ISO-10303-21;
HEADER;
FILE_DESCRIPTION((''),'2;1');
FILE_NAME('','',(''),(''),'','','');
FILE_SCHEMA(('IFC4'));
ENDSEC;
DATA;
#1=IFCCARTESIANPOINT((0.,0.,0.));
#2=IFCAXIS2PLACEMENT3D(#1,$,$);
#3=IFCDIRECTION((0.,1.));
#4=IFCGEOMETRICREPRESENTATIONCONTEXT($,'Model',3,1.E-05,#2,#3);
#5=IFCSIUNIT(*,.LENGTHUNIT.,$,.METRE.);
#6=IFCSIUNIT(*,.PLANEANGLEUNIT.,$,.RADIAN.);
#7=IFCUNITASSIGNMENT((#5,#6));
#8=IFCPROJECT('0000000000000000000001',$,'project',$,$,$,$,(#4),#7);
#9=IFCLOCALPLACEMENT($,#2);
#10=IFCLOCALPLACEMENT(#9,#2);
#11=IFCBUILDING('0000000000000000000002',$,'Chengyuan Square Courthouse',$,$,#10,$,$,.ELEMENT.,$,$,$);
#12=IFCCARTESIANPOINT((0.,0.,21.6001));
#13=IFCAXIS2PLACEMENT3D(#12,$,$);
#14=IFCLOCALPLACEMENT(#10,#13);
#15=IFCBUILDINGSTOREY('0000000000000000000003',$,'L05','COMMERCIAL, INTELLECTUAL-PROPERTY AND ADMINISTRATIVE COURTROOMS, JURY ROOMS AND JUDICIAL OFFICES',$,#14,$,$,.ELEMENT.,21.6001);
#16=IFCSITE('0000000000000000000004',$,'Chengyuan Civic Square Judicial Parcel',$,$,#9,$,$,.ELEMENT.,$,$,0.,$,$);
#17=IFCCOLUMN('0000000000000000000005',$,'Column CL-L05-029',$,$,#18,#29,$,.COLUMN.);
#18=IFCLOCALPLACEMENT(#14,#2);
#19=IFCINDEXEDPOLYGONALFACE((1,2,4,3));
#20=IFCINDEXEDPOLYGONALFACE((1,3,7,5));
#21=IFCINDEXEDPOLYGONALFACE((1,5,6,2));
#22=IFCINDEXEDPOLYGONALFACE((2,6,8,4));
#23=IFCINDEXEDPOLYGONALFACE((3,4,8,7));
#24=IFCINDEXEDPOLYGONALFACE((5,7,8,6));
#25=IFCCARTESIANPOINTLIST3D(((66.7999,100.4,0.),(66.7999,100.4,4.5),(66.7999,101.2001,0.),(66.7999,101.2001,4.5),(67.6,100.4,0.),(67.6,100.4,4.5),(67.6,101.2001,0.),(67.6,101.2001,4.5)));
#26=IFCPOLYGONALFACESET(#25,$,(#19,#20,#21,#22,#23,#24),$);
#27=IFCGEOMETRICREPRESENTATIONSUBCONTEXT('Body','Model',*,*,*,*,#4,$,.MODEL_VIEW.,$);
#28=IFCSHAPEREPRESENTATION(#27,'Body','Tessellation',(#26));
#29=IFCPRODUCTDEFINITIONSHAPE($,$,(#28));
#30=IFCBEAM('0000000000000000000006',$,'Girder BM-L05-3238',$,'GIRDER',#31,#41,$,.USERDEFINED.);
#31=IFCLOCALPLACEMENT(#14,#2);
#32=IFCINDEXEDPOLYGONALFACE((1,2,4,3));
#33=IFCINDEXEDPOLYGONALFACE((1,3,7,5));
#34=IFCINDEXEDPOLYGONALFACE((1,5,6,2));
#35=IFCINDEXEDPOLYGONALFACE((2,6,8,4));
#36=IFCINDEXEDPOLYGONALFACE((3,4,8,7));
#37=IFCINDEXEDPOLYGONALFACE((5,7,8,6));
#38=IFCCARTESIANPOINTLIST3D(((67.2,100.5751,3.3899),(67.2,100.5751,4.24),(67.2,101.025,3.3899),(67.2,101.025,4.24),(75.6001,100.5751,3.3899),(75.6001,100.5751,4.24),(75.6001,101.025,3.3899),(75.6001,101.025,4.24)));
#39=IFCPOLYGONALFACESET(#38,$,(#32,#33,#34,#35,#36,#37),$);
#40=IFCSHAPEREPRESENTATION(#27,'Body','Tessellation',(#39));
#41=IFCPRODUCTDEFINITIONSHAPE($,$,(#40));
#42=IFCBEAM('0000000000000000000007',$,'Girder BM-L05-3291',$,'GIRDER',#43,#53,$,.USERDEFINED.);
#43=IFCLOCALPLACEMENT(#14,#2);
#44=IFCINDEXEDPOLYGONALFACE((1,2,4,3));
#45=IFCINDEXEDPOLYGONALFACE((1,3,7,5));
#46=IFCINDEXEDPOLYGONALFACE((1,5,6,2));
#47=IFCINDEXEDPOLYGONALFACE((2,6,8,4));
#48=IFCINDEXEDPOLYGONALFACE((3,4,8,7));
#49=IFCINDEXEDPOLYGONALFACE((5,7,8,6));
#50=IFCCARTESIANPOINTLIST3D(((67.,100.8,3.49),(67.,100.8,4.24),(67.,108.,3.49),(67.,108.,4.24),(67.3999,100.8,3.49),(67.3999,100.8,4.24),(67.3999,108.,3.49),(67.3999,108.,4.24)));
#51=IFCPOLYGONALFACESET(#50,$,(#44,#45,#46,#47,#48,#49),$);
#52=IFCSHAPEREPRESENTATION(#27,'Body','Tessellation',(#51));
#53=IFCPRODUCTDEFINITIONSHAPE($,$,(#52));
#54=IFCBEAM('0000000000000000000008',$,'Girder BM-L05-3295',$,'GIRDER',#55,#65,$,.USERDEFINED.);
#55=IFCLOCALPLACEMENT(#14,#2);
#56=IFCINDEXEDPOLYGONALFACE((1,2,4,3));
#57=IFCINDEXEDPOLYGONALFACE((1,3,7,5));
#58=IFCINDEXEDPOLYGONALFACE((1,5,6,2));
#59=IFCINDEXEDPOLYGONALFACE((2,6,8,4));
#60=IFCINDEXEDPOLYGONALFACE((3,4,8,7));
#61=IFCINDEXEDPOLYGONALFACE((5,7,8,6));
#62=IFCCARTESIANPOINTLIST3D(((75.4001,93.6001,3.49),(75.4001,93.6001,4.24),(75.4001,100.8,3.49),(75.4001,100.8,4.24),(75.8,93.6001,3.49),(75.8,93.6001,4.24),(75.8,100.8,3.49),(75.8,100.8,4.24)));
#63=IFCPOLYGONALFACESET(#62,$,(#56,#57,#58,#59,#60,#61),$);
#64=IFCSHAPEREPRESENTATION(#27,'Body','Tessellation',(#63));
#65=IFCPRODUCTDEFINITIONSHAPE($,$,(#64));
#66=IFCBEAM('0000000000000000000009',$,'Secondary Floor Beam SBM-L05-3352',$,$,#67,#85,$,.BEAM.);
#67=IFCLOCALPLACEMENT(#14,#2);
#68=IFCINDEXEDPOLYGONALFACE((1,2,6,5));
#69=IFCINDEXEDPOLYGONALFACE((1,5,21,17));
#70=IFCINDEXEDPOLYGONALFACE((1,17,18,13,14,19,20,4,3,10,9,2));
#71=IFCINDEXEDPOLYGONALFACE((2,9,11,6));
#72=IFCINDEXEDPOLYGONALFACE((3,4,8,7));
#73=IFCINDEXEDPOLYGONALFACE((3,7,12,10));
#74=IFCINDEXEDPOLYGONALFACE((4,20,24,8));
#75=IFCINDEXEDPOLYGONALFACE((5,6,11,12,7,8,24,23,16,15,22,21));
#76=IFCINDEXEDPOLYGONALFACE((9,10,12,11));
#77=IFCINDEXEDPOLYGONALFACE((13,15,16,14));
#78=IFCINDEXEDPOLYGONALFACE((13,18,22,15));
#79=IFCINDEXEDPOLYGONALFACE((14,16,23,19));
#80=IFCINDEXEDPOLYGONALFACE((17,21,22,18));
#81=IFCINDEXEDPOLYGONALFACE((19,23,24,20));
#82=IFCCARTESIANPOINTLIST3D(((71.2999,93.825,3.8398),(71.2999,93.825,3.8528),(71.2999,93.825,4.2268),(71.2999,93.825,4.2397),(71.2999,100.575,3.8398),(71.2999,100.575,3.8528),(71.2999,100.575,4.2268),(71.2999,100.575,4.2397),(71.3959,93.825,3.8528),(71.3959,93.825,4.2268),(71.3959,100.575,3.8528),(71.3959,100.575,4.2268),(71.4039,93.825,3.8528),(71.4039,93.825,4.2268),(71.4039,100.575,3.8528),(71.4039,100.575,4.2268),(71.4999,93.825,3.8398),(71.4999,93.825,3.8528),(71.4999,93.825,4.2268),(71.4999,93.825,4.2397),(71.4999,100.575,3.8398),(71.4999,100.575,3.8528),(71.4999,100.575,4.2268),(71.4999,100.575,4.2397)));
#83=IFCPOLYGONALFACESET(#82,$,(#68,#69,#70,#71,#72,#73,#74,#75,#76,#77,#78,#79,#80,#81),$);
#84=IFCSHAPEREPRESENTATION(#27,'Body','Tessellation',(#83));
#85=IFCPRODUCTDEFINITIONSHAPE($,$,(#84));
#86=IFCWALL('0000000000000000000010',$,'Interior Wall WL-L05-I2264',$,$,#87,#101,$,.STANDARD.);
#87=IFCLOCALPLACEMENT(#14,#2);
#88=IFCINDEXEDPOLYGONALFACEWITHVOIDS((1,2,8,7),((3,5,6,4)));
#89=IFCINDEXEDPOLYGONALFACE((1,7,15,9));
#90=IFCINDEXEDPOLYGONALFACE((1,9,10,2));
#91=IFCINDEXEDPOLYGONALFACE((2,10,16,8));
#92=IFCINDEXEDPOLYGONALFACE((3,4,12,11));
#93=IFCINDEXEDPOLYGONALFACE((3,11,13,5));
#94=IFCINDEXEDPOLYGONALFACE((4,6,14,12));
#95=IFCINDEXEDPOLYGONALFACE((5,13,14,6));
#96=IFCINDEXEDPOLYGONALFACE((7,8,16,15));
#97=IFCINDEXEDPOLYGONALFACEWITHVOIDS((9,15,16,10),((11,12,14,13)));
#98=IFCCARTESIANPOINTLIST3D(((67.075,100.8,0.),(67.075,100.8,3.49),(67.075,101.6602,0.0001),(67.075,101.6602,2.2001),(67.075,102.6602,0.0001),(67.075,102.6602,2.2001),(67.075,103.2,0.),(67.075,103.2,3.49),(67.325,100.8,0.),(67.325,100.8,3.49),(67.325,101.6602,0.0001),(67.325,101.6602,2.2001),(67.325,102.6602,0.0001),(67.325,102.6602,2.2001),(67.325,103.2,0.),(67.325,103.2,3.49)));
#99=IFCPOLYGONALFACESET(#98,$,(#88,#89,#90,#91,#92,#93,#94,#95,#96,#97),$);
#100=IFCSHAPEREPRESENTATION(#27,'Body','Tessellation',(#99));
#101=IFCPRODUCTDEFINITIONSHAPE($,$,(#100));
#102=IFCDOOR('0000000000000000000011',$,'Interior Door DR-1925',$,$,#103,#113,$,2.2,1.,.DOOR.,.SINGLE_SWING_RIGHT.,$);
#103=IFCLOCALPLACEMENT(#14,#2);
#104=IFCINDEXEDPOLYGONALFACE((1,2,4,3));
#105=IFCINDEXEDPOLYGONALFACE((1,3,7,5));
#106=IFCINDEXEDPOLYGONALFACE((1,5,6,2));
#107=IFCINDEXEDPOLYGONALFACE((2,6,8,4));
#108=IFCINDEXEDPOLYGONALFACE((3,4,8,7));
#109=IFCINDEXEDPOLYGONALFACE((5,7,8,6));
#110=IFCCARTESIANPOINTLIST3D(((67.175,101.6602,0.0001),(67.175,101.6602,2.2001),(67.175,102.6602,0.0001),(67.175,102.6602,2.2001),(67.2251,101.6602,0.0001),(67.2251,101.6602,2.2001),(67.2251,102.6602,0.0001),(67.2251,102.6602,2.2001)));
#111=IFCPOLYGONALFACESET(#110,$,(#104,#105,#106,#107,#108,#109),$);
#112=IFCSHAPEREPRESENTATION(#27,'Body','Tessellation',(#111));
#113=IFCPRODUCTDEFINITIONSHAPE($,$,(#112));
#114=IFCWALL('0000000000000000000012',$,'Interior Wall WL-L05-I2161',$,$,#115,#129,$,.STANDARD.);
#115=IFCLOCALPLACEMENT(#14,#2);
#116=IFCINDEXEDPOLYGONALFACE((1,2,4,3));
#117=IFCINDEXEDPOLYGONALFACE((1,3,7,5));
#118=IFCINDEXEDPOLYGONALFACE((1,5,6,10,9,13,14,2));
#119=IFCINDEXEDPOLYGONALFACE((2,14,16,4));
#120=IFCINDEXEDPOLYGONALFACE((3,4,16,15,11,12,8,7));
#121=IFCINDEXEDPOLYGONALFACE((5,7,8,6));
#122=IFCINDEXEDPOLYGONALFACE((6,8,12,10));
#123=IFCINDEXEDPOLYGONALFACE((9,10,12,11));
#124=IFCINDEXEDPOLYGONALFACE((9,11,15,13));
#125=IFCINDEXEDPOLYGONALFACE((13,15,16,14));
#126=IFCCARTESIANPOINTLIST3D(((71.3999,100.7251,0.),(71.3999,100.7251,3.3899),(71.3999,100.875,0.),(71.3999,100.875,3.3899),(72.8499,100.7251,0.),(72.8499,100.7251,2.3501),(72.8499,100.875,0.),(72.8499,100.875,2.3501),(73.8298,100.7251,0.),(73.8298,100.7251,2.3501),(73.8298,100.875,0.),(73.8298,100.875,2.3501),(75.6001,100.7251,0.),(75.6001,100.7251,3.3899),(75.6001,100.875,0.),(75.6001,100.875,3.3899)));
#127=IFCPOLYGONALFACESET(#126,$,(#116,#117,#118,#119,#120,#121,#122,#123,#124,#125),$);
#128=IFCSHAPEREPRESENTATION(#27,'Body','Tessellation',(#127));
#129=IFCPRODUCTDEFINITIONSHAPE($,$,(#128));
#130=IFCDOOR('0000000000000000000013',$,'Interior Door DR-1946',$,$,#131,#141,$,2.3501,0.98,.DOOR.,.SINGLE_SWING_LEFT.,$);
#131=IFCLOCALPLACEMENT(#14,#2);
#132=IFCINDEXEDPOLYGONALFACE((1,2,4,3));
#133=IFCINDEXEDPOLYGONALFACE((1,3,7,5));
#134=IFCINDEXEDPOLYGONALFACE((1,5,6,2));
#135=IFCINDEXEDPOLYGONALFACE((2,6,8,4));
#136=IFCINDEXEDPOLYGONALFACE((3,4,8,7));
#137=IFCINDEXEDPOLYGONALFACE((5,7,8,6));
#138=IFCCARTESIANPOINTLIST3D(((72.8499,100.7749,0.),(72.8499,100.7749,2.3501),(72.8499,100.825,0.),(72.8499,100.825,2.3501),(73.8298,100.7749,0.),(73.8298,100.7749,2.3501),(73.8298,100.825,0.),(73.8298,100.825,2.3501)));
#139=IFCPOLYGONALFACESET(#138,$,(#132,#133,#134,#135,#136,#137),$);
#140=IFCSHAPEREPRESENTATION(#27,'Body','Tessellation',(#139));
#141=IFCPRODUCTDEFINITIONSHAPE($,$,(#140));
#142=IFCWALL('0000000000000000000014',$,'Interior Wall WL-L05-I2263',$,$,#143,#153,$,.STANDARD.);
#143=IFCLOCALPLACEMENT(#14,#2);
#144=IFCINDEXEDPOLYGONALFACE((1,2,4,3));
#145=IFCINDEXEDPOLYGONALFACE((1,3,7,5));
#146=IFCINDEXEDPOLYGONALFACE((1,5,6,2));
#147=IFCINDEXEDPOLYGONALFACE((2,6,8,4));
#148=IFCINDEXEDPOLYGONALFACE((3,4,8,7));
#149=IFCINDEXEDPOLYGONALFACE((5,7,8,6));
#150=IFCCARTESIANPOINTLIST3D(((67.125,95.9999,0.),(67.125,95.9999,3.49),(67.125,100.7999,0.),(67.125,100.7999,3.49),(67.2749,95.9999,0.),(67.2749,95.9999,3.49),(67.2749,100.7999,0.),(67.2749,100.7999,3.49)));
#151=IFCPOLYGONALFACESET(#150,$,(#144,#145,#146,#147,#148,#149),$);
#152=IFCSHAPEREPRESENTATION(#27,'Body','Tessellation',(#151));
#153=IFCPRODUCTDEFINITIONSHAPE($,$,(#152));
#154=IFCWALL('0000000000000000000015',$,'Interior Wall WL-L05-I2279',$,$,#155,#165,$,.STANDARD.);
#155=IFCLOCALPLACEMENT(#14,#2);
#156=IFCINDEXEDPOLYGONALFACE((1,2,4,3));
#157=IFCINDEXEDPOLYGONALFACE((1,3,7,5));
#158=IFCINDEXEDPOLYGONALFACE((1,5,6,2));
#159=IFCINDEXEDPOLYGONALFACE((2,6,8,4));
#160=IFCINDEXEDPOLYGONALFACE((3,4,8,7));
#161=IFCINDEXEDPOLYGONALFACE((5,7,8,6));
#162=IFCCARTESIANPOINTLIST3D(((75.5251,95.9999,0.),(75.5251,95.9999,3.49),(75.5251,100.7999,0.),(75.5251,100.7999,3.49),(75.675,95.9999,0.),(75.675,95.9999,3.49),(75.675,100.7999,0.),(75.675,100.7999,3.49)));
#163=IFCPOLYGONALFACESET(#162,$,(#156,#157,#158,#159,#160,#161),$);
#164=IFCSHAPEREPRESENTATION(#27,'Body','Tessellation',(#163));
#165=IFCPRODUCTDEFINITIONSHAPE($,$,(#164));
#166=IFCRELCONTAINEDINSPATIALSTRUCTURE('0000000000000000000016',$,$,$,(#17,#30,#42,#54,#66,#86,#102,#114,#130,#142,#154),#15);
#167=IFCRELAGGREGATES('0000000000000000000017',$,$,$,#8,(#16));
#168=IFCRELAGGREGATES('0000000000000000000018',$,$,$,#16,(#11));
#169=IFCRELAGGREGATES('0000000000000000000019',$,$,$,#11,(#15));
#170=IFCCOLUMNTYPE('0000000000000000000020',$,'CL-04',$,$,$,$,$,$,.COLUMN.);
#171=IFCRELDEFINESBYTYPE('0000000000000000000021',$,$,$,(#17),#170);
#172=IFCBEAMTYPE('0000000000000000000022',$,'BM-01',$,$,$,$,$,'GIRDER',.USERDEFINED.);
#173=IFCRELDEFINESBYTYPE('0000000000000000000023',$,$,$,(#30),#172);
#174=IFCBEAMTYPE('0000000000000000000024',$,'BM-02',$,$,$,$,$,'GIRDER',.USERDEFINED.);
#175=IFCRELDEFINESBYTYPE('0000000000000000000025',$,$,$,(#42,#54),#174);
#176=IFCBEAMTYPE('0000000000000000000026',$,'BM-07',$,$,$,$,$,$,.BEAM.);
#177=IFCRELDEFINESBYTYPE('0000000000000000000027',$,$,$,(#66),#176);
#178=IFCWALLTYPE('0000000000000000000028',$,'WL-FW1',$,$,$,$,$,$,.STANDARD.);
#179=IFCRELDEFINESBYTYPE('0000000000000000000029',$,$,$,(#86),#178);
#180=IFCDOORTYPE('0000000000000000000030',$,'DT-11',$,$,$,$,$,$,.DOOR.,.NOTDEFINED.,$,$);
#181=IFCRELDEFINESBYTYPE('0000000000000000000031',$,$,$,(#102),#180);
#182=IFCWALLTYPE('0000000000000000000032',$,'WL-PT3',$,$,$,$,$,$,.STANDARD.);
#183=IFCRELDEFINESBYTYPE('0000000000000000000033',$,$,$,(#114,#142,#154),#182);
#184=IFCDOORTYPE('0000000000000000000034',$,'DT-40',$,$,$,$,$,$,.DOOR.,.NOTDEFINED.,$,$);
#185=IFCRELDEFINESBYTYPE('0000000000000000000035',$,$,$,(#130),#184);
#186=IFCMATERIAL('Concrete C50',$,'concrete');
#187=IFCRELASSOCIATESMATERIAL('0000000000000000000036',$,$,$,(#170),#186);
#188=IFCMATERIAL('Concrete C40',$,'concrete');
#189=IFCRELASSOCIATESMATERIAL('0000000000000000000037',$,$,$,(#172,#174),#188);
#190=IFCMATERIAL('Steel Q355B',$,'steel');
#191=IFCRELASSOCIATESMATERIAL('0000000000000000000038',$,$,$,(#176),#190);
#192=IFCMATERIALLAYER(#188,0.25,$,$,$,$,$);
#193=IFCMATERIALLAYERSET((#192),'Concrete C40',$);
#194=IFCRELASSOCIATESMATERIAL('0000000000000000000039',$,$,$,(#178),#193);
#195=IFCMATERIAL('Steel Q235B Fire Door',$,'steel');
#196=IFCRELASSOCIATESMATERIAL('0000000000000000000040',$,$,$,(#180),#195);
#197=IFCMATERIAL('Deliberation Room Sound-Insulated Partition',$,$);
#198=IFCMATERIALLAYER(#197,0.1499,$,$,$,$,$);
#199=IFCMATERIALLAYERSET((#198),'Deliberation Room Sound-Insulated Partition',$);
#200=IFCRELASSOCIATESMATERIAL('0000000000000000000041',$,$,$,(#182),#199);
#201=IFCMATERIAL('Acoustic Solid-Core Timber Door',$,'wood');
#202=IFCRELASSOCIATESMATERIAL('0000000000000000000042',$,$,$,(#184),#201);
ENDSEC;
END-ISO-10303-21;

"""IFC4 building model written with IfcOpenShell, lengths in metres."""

from ifc_helpers import new_model, si_unit, direction, frame, frame_2d, origin, origin_2d, place, context, subcontext, project, spatial, rectangle, i_section, extrude, material, layer, layer_set, material_profile, profile_set, type_object, element, fill, save


model = new_model("IFC4")

# Units and contexts
model_context = context("Model", 3, precision=1e-05, world=origin(), true_north=direction((0.0, 1.0)))
body_context = subcontext(model_context, "Body", "Model", "MODEL_VIEW")
ifc_project = project(units=[si_unit("LENGTHUNIT", "METRE"), si_unit("PLANEANGLEUNIT", "RADIAN")], contexts=[model_context])

# Site, building, storey
site_placement = place(None, origin())
site = spatial("IfcSite", under=ifc_project, at=site_placement, Name="Chengyuan Civic Square Judicial Parcel", CompositionType="ELEMENT", RefElevation=0.0)
building_placement = place(site_placement, origin())
building = spatial("IfcBuilding", under=site, at=building_placement, Name="Chengyuan Square Courthouse", CompositionType="ELEMENT")
storey_placement = place(building_placement, frame((0.0, 0.0, 21.6001)))
storey = spatial("IfcBuildingStorey", under=building, at=storey_placement, Name="L05", Description="COMMERCIAL, INTELLECTUAL-PROPERTY AND ADMINISTRATIVE COURTROOMS, JURY ROOMS AND JUDICIAL OFFICES", CompositionType="ELEMENT", Elevation=21.6001)

# Column
ifc_material_1 = material(Name="Concrete C50", Category="concrete")
ifc_material_profile_1 = material_profile(ifc_material_1, rectangle(XDim=0.8, YDim=0.8, at=origin_2d()), Name="RC-COL-800x800")
ifc_profile_set_1 = profile_set([ifc_material_profile_1], Name="Concrete C50")
column_type = type_object("IfcColumnType", Name="CL-04", PredefinedType="COLUMN", material=ifc_profile_set_1)
column_placement = place(storey_placement, frame((67.2, 100.8, 0.0), z_axis=(0.0, 0.0, 1.0), x_axis=(1.0, 0.0, 0.0)))
element("IfcColumn", 1, at=column_placement, inside=storey, type_object=column_type, Name="Column CL-L05-029", PredefinedType="COLUMN", context=body_context, shape_type="SweptSolid", body=[
    extrude(rectangle(XDim=0.8, YDim=0.8, at=origin_2d()), origin(), (0.0, 0.0, 1.0), 4.5),
])

# Beams
ifc_material_2 = material(Name="Concrete C40", Category="concrete")
ifc_material_profile_2 = material_profile(ifc_material_2, rectangle(XDim=0.45, YDim=0.8501, at=origin_2d()), Name="RC-BM-450x850")
ifc_profile_set_2 = profile_set([ifc_material_profile_2], Name="Concrete C40")
beam_type_1 = type_object("IfcBeamType", Name="BM-01", ElementType="GIRDER", PredefinedType="USERDEFINED", material=ifc_profile_set_2)
beam_1_placement = place(storey_placement, frame((67.2, 100.8, 3.8149), z_axis=(1.0, 0.0, 0.0), x_axis=(0.0, 1.0, 0.0)))
element("IfcBeam", 2, at=beam_1_placement, inside=storey, type_object=beam_type_1, Name="Girder BM-L05-3238", ObjectType="GIRDER", PredefinedType="USERDEFINED", context=body_context, shape_type="SweptSolid", body=[
    extrude(rectangle(XDim=0.45, YDim=0.8501, at=origin_2d()), origin(), (0.0, 0.0, 1.0), 8.4001),
])
ifc_material_profile_3 = material_profile(ifc_material_2, rectangle(XDim=0.3999, YDim=0.75, at=origin_2d()), Name="RC-BM-400x750")
ifc_profile_set_3 = profile_set([ifc_material_profile_3], Name="Concrete C40")
beam_type_2 = type_object("IfcBeamType", Name="BM-02", ElementType="GIRDER", PredefinedType="USERDEFINED", material=ifc_profile_set_3)
for number, where, z_axis, x_axis, name in (
    (3, (67.2, 100.8, 3.865), (0.0, 1.0, 0.0), (-1.0, 0.0, 0.0), "Girder BM-L05-3291"),
    (4, (75.6001, 93.6001, 3.865), (0.0, 1.0, 0.0), (-1.0, 0.0, 0.0), "Girder BM-L05-3295"),
):
    element("IfcBeam", number, at=place(storey_placement, frame(where, z_axis=z_axis, x_axis=x_axis)), inside=storey, type_object=beam_type_2, Name=name, ObjectType="GIRDER", PredefinedType="USERDEFINED", context=body_context, shape_type="SweptSolid", body=[
        extrude(rectangle(XDim=0.3999, YDim=0.75, at=origin_2d()), origin(), (0.0, 0.0, 1.0), 7.2),
    ])
ifc_material_3 = material(Name="Steel Q355B", Category="steel")
ifc_material_profile_4 = material_profile(ifc_material_3, i_section(OverallWidth=0.2, OverallDepth=0.3999, WebThickness=0.0081, FlangeThickness=0.0129, at=origin_2d()), Name="HN 400x200x8x13")
ifc_profile_set_4 = profile_set([ifc_material_profile_4], Name="Steel Q355B")
beam_type_3 = type_object("IfcBeamType", Name="BM-07", PredefinedType="BEAM", material=ifc_profile_set_4)
beam_2_placement = place(storey_placement, frame((71.3999, 93.825, 4.0398), z_axis=(0.0, 1.0, 0.0), x_axis=(-1.0, 0.0, 0.0)))
element("IfcBeam", 5, at=beam_2_placement, inside=storey, type_object=beam_type_3, Name="Secondary Floor Beam SBM-L05-3352", PredefinedType="BEAM", context=body_context, shape_type="SweptSolid", body=[
    extrude(i_section(OverallWidth=0.2, OverallDepth=0.3999, WebThickness=0.0081, FlangeThickness=0.0129, at=origin_2d()), origin(), (0.0, 0.0, 1.0), 6.75),
])

# Walls, openings, doors
ifc_layer_1 = layer(ifc_material_2, 0.25)
ifc_layer_set_1 = layer_set([ifc_layer_1], Name="Concrete C40")
wall_type_1 = type_object("IfcWallType", Name="WL-FW1", PredefinedType="STANDARD", material=ifc_layer_set_1)
wall_1_placement = place(storey_placement, frame((67.2, 100.8, 0.0), z_axis=(0.0, 0.0, 1.0), x_axis=(0.0, 1.0, 0.0)))
wall_1 = element("IfcWall", 6, at=wall_1_placement, inside=storey, type_object=wall_type_1, Name="Interior Wall WL-L05-I2264", PredefinedType="STANDARD", context=body_context, shape_type="SweptSolid", body=[
    extrude(rectangle(XDim=2.3999, YDim=0.25, at=frame_2d((1.2, 0.0))), origin(), (0.0, 0.0, 1.0), 3.49),
])
opening_1_placement = place(wall_1_placement, frame((0.8601, 0.0, 0.0)))
opening_1 = element("IfcOpeningElement", 7, at=opening_1_placement, cuts=wall_1, PredefinedType="OPENING", context=body_context, shape_type="SweptSolid", body=[
    extrude(rectangle(XDim=1.0, YDim=2.2, at=frame_2d((0.5, 1.1001))), frame((0.0, 0.137, 0.0), z_axis=(0.0, -1.0, 0.0), x_axis=(1.0, 0.0, 0.0)), (0.0, 0.0, 1.0), 0.2739),
])
ifc_material_4 = material(Name="Steel Q235B Fire Door", Category="steel")
door_type_1 = type_object("IfcDoorType", Name="DT-11", OperationType="NOTDEFINED", PredefinedType="DOOR", material=ifc_material_4)
door_1_placement = place(opening_1_placement, origin())
door_1 = element("IfcDoor", 8, at=door_1_placement, inside=storey, type_object=door_type_1, Name="Interior Door DR-1925", OperationType="SINGLE_SWING_RIGHT", OverallHeight=2.2, OverallWidth=1.0, PredefinedType="DOOR", context=body_context, shape_type="SweptSolid", body=[
    extrude(rectangle(XDim=1.0, YDim=2.2, at=frame_2d((0.5, 1.1001))), frame((0.0, 0.0249, 0.0), z_axis=(0.0, -1.0, 0.0), x_axis=(1.0, 0.0, 0.0)), (0.0, 0.0, 1.0), 0.05),
])
fill(opening_1, door_1)
ifc_material_5 = material(Name="Deliberation Room Sound-Insulated Partition")
ifc_layer_2 = layer(ifc_material_5, 0.1499)
ifc_layer_set_2 = layer_set([ifc_layer_2], Name="Deliberation Room Sound-Insulated Partition")
wall_type_2 = type_object("IfcWallType", Name="WL-PT3", PredefinedType="STANDARD", material=ifc_layer_set_2)
wall_2_placement = place(storey_placement, frame((71.3999, 100.8, 0.0), z_axis=(0.0, 0.0, 1.0), x_axis=(1.0, 0.0, 0.0)))
wall_2 = element("IfcWall", 9, at=wall_2_placement, inside=storey, type_object=wall_type_2, Name="Interior Wall WL-L05-I2161", PredefinedType="STANDARD", context=body_context, shape_type="SweptSolid", body=[
    extrude(rectangle(XDim=4.2002, YDim=0.1499, at=frame_2d((2.1001, 0.0))), origin(), (0.0, 0.0, 1.0), 3.3899),
])
opening_2_placement = place(wall_2_placement, frame((1.45, 0.0, 0.0)))
opening_2 = element("IfcOpeningElement", 10, at=opening_2_placement, cuts=wall_2, PredefinedType="OPENING", context=body_context, shape_type="SweptSolid", body=[
    extrude(rectangle(XDim=0.98, YDim=2.3501, at=frame_2d((0.49, 1.175))), frame((0.0, 0.0869, 0.0), z_axis=(0.0, -1.0, 0.0), x_axis=(1.0, 0.0, 0.0)), (0.0, 0.0, 1.0), 0.1738),
])
ifc_material_6 = material(Name="Acoustic Solid-Core Timber Door", Category="wood")
door_type_2 = type_object("IfcDoorType", Name="DT-40", OperationType="NOTDEFINED", PredefinedType="DOOR", material=ifc_material_6)
door_2_placement = place(opening_2_placement, origin())
door_2 = element("IfcDoor", 11, at=door_2_placement, inside=storey, type_object=door_type_2, Name="Interior Door DR-1946", OperationType="SINGLE_SWING_LEFT", OverallHeight=2.3501, OverallWidth=0.98, PredefinedType="DOOR", context=body_context, shape_type="SweptSolid", body=[
    extrude(rectangle(XDim=0.98, YDim=2.3501, at=frame_2d((0.49, 1.175))), frame((0.0, 0.0249, 0.0), z_axis=(0.0, -1.0, 0.0), x_axis=(1.0, 0.0, 0.0)), (0.0, 0.0, 1.0), 0.05),
])
fill(opening_2, door_2)

# Walls
for number, where, z_axis, x_axis, name in (
    (12, (67.2, 96.0, 0.0), (0.0, 0.0, 1.0), (0.0, 1.0, 0.0), "Interior Wall WL-L05-I2263"),
    (13, (75.6001, 96.0, 0.0), (0.0, 0.0, 1.0), (0.0, 1.0, 0.0), "Interior Wall WL-L05-I2279"),
):
    element("IfcWall", number, at=place(storey_placement, frame(where, z_axis=z_axis, x_axis=x_axis)), inside=storey, type_object=wall_type_2, Name=name, PredefinedType="STANDARD", context=body_context, shape_type="SweptSolid", body=[
        extrude(rectangle(XDim=4.8, YDim=0.1499, at=frame_2d((2.3999, 0.0))), origin(), (0.0, 0.0, 1.0), 3.49),
    ])

save(model, "model.ifc")
